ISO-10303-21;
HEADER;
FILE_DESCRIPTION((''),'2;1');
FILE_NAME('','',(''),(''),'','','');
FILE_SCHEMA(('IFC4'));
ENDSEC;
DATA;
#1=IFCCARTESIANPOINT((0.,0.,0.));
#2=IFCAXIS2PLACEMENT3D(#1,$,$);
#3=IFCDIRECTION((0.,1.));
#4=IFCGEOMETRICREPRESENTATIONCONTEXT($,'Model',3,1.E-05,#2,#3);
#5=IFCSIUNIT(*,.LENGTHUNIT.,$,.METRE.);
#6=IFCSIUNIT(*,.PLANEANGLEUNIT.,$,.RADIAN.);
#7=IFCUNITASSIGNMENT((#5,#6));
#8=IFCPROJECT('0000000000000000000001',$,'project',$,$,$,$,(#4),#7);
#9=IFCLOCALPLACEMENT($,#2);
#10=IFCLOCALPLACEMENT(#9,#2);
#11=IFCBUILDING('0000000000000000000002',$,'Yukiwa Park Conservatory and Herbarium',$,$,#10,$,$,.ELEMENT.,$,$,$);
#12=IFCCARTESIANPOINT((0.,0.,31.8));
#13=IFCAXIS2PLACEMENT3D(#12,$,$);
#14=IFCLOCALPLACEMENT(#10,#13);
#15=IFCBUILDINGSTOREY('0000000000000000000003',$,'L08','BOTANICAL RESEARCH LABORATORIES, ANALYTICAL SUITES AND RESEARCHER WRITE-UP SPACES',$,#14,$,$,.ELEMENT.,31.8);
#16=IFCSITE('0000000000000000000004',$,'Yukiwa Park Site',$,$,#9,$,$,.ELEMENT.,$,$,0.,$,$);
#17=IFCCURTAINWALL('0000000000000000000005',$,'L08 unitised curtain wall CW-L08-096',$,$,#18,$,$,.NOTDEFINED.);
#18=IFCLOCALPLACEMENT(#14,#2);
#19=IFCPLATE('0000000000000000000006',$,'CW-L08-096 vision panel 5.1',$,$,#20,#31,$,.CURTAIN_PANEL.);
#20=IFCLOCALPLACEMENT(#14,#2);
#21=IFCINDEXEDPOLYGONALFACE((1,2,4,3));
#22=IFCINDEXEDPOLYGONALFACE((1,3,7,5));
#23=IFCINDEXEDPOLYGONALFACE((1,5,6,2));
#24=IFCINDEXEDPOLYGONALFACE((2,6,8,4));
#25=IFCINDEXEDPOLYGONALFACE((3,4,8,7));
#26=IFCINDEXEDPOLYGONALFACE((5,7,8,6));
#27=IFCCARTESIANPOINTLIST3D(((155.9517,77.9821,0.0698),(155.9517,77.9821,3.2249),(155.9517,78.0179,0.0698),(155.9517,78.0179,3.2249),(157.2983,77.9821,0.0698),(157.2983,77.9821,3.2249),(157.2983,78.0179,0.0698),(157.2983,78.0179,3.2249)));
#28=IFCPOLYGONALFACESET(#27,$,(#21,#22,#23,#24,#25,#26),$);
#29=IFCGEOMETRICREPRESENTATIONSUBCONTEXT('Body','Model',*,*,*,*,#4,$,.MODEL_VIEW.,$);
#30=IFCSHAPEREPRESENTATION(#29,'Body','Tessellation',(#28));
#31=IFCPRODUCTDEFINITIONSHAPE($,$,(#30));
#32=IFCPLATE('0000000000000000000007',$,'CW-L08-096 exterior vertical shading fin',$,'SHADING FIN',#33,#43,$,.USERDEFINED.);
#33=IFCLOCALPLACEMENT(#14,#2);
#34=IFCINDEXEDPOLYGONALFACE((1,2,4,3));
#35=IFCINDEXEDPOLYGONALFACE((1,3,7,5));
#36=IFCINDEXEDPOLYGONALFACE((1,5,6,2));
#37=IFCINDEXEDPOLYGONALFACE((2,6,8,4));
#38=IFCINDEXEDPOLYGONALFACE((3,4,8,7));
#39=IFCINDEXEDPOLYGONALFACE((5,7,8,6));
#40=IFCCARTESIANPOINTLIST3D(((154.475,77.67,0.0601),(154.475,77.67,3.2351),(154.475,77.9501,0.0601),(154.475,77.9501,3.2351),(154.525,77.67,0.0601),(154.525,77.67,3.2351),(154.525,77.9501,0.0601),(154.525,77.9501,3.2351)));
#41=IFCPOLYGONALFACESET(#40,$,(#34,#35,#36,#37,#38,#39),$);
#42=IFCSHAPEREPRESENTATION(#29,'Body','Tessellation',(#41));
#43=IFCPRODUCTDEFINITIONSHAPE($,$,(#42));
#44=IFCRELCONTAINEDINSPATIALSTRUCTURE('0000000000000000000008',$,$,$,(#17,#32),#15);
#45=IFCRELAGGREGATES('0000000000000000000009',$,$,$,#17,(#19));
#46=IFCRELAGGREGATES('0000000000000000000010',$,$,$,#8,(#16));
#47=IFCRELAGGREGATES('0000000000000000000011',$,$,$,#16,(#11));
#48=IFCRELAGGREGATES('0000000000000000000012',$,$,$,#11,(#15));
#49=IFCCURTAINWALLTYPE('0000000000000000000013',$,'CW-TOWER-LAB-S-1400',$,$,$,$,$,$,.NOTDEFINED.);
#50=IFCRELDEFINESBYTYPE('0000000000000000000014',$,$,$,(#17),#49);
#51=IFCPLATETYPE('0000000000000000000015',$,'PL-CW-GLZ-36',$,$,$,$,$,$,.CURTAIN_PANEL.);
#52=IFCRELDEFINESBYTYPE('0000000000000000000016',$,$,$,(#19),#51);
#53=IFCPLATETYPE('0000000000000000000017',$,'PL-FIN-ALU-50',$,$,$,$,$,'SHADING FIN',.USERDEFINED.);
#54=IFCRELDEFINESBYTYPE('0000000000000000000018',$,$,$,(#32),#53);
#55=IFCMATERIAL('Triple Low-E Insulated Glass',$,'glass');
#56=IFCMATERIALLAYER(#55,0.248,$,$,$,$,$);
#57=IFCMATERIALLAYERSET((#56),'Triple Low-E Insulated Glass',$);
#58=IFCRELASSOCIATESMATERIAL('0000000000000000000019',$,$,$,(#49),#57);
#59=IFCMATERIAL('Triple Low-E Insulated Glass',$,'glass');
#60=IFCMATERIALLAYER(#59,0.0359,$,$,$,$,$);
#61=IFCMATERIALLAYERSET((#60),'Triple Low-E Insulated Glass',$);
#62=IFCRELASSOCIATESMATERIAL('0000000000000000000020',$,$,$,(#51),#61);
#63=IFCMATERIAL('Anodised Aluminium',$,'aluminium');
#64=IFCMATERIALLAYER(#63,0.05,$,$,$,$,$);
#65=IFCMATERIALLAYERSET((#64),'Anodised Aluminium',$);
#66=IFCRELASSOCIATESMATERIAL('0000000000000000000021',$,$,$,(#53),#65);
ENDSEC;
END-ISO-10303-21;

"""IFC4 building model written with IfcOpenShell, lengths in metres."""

from ifc_helpers import new_model, si_unit, direction, frame, origin, origin_2d, place, context, subcontext, project, spatial, rectangle, extrude, material, layer, layer_set, type_object, element, aggregate, save


model = new_model("IFC4")

# Units and contexts
model_context = context("Model", 3, precision=1e-05, world=origin(), true_north=direction((0.0, 1.0)))
body_context = subcontext(model_context, "Body", "Model", "MODEL_VIEW")
ifc_project = project(units=[si_unit("LENGTHUNIT", "METRE"), si_unit("PLANEANGLEUNIT", "RADIAN")], contexts=[model_context])

# Site, building, storey
site_placement = place(None, origin())
site = spatial("IfcSite", under=ifc_project, at=site_placement, Name="Yukiwa Park Site", CompositionType="ELEMENT", RefElevation=0.0)
building_placement = place(site_placement, origin())
building = spatial("IfcBuilding", under=site, at=building_placement, Name="Yukiwa Park Conservatory and Herbarium", CompositionType="ELEMENT")
storey_placement = place(building_placement, frame((0.0, 0.0, 31.8)))
storey = spatial("IfcBuildingStorey", under=building, at=storey_placement, Name="L08", Description="BOTANICAL RESEARCH LABORATORIES, ANALYTICAL SUITES AND RESEARCHER WRITE-UP SPACES", CompositionType="ELEMENT", Elevation=31.8)

# Curtain wall
ifc_material_1 = material(Name="Triple Low-E Insulated Glass", Category="glass")
ifc_layer_1 = layer(ifc_material_1, 0.248)
ifc_layer_set_1 = layer_set([ifc_layer_1], Name="Triple Low-E Insulated Glass")
curtain_wall_type = type_object("IfcCurtainWallType", Name="CW-TOWER-LAB-S-1400", PredefinedType="NOTDEFINED", material=ifc_layer_set_1)
curtain_wall_placement = place(storey_placement, origin())
curtain_wall = element("IfcCurtainWall", 1, at=curtain_wall_placement, inside=storey, type_object=curtain_wall_type, Name="L08 unitised curtain wall CW-L08-096", PredefinedType="NOTDEFINED")

# Plates
ifc_material_2 = material(Name="Triple Low-E Insulated Glass", Category="glass")
ifc_layer_2 = layer(ifc_material_2, 0.0359)
ifc_layer_set_2 = layer_set([ifc_layer_2], Name="Triple Low-E Insulated Glass")
plate_type_1 = type_object("IfcPlateType", Name="PL-CW-GLZ-36", PredefinedType="CURTAIN_PANEL", material=ifc_layer_set_2)
plate_1_placement = place(storey_placement, frame((156.625, 78.0, 0.0698), z_axis=(0.0, 0.0, 1.0), x_axis=(1.0, 0.0, 0.0)))
plate_1 = element("IfcPlate", 2, at=plate_1_placement, type_object=plate_type_1, Name="CW-L08-096 vision panel 5.1", PredefinedType="CURTAIN_PANEL", context=body_context, shape_type="SweptSolid", body=[
    extrude(rectangle(XDim=1.3467, YDim=0.0359, at=origin_2d()), origin(), (0.0, 0.0, 1.0), 3.155),
])
aggregate(curtain_wall, [plate_1])
ifc_material_3 = material(Name="Anodised Aluminium", Category="aluminium")
ifc_layer_3 = layer(ifc_material_3, 0.05)
ifc_layer_set_3 = layer_set([ifc_layer_3], Name="Anodised Aluminium")
plate_type_2 = type_object("IfcPlateType", Name="PL-FIN-ALU-50", ElementType="SHADING FIN", PredefinedType="USERDEFINED", material=ifc_layer_set_3)
plate_2_placement = place(storey_placement, frame((154.5, 77.8101, 0.0601), z_axis=(0.0, 0.0, 1.0), x_axis=(1.0, 0.0, 0.0)))
element("IfcPlate", 3, at=plate_2_placement, inside=storey, type_object=plate_type_2, Name="CW-L08-096 exterior vertical shading fin", ObjectType="SHADING FIN", PredefinedType="USERDEFINED", context=body_context, shape_type="SweptSolid", body=[
    extrude(rectangle(XDim=0.05, YDim=0.28, at=origin_2d()), origin(), (0.0, 0.0, 1.0), 3.175),
])

save(model, "model.ifc")
